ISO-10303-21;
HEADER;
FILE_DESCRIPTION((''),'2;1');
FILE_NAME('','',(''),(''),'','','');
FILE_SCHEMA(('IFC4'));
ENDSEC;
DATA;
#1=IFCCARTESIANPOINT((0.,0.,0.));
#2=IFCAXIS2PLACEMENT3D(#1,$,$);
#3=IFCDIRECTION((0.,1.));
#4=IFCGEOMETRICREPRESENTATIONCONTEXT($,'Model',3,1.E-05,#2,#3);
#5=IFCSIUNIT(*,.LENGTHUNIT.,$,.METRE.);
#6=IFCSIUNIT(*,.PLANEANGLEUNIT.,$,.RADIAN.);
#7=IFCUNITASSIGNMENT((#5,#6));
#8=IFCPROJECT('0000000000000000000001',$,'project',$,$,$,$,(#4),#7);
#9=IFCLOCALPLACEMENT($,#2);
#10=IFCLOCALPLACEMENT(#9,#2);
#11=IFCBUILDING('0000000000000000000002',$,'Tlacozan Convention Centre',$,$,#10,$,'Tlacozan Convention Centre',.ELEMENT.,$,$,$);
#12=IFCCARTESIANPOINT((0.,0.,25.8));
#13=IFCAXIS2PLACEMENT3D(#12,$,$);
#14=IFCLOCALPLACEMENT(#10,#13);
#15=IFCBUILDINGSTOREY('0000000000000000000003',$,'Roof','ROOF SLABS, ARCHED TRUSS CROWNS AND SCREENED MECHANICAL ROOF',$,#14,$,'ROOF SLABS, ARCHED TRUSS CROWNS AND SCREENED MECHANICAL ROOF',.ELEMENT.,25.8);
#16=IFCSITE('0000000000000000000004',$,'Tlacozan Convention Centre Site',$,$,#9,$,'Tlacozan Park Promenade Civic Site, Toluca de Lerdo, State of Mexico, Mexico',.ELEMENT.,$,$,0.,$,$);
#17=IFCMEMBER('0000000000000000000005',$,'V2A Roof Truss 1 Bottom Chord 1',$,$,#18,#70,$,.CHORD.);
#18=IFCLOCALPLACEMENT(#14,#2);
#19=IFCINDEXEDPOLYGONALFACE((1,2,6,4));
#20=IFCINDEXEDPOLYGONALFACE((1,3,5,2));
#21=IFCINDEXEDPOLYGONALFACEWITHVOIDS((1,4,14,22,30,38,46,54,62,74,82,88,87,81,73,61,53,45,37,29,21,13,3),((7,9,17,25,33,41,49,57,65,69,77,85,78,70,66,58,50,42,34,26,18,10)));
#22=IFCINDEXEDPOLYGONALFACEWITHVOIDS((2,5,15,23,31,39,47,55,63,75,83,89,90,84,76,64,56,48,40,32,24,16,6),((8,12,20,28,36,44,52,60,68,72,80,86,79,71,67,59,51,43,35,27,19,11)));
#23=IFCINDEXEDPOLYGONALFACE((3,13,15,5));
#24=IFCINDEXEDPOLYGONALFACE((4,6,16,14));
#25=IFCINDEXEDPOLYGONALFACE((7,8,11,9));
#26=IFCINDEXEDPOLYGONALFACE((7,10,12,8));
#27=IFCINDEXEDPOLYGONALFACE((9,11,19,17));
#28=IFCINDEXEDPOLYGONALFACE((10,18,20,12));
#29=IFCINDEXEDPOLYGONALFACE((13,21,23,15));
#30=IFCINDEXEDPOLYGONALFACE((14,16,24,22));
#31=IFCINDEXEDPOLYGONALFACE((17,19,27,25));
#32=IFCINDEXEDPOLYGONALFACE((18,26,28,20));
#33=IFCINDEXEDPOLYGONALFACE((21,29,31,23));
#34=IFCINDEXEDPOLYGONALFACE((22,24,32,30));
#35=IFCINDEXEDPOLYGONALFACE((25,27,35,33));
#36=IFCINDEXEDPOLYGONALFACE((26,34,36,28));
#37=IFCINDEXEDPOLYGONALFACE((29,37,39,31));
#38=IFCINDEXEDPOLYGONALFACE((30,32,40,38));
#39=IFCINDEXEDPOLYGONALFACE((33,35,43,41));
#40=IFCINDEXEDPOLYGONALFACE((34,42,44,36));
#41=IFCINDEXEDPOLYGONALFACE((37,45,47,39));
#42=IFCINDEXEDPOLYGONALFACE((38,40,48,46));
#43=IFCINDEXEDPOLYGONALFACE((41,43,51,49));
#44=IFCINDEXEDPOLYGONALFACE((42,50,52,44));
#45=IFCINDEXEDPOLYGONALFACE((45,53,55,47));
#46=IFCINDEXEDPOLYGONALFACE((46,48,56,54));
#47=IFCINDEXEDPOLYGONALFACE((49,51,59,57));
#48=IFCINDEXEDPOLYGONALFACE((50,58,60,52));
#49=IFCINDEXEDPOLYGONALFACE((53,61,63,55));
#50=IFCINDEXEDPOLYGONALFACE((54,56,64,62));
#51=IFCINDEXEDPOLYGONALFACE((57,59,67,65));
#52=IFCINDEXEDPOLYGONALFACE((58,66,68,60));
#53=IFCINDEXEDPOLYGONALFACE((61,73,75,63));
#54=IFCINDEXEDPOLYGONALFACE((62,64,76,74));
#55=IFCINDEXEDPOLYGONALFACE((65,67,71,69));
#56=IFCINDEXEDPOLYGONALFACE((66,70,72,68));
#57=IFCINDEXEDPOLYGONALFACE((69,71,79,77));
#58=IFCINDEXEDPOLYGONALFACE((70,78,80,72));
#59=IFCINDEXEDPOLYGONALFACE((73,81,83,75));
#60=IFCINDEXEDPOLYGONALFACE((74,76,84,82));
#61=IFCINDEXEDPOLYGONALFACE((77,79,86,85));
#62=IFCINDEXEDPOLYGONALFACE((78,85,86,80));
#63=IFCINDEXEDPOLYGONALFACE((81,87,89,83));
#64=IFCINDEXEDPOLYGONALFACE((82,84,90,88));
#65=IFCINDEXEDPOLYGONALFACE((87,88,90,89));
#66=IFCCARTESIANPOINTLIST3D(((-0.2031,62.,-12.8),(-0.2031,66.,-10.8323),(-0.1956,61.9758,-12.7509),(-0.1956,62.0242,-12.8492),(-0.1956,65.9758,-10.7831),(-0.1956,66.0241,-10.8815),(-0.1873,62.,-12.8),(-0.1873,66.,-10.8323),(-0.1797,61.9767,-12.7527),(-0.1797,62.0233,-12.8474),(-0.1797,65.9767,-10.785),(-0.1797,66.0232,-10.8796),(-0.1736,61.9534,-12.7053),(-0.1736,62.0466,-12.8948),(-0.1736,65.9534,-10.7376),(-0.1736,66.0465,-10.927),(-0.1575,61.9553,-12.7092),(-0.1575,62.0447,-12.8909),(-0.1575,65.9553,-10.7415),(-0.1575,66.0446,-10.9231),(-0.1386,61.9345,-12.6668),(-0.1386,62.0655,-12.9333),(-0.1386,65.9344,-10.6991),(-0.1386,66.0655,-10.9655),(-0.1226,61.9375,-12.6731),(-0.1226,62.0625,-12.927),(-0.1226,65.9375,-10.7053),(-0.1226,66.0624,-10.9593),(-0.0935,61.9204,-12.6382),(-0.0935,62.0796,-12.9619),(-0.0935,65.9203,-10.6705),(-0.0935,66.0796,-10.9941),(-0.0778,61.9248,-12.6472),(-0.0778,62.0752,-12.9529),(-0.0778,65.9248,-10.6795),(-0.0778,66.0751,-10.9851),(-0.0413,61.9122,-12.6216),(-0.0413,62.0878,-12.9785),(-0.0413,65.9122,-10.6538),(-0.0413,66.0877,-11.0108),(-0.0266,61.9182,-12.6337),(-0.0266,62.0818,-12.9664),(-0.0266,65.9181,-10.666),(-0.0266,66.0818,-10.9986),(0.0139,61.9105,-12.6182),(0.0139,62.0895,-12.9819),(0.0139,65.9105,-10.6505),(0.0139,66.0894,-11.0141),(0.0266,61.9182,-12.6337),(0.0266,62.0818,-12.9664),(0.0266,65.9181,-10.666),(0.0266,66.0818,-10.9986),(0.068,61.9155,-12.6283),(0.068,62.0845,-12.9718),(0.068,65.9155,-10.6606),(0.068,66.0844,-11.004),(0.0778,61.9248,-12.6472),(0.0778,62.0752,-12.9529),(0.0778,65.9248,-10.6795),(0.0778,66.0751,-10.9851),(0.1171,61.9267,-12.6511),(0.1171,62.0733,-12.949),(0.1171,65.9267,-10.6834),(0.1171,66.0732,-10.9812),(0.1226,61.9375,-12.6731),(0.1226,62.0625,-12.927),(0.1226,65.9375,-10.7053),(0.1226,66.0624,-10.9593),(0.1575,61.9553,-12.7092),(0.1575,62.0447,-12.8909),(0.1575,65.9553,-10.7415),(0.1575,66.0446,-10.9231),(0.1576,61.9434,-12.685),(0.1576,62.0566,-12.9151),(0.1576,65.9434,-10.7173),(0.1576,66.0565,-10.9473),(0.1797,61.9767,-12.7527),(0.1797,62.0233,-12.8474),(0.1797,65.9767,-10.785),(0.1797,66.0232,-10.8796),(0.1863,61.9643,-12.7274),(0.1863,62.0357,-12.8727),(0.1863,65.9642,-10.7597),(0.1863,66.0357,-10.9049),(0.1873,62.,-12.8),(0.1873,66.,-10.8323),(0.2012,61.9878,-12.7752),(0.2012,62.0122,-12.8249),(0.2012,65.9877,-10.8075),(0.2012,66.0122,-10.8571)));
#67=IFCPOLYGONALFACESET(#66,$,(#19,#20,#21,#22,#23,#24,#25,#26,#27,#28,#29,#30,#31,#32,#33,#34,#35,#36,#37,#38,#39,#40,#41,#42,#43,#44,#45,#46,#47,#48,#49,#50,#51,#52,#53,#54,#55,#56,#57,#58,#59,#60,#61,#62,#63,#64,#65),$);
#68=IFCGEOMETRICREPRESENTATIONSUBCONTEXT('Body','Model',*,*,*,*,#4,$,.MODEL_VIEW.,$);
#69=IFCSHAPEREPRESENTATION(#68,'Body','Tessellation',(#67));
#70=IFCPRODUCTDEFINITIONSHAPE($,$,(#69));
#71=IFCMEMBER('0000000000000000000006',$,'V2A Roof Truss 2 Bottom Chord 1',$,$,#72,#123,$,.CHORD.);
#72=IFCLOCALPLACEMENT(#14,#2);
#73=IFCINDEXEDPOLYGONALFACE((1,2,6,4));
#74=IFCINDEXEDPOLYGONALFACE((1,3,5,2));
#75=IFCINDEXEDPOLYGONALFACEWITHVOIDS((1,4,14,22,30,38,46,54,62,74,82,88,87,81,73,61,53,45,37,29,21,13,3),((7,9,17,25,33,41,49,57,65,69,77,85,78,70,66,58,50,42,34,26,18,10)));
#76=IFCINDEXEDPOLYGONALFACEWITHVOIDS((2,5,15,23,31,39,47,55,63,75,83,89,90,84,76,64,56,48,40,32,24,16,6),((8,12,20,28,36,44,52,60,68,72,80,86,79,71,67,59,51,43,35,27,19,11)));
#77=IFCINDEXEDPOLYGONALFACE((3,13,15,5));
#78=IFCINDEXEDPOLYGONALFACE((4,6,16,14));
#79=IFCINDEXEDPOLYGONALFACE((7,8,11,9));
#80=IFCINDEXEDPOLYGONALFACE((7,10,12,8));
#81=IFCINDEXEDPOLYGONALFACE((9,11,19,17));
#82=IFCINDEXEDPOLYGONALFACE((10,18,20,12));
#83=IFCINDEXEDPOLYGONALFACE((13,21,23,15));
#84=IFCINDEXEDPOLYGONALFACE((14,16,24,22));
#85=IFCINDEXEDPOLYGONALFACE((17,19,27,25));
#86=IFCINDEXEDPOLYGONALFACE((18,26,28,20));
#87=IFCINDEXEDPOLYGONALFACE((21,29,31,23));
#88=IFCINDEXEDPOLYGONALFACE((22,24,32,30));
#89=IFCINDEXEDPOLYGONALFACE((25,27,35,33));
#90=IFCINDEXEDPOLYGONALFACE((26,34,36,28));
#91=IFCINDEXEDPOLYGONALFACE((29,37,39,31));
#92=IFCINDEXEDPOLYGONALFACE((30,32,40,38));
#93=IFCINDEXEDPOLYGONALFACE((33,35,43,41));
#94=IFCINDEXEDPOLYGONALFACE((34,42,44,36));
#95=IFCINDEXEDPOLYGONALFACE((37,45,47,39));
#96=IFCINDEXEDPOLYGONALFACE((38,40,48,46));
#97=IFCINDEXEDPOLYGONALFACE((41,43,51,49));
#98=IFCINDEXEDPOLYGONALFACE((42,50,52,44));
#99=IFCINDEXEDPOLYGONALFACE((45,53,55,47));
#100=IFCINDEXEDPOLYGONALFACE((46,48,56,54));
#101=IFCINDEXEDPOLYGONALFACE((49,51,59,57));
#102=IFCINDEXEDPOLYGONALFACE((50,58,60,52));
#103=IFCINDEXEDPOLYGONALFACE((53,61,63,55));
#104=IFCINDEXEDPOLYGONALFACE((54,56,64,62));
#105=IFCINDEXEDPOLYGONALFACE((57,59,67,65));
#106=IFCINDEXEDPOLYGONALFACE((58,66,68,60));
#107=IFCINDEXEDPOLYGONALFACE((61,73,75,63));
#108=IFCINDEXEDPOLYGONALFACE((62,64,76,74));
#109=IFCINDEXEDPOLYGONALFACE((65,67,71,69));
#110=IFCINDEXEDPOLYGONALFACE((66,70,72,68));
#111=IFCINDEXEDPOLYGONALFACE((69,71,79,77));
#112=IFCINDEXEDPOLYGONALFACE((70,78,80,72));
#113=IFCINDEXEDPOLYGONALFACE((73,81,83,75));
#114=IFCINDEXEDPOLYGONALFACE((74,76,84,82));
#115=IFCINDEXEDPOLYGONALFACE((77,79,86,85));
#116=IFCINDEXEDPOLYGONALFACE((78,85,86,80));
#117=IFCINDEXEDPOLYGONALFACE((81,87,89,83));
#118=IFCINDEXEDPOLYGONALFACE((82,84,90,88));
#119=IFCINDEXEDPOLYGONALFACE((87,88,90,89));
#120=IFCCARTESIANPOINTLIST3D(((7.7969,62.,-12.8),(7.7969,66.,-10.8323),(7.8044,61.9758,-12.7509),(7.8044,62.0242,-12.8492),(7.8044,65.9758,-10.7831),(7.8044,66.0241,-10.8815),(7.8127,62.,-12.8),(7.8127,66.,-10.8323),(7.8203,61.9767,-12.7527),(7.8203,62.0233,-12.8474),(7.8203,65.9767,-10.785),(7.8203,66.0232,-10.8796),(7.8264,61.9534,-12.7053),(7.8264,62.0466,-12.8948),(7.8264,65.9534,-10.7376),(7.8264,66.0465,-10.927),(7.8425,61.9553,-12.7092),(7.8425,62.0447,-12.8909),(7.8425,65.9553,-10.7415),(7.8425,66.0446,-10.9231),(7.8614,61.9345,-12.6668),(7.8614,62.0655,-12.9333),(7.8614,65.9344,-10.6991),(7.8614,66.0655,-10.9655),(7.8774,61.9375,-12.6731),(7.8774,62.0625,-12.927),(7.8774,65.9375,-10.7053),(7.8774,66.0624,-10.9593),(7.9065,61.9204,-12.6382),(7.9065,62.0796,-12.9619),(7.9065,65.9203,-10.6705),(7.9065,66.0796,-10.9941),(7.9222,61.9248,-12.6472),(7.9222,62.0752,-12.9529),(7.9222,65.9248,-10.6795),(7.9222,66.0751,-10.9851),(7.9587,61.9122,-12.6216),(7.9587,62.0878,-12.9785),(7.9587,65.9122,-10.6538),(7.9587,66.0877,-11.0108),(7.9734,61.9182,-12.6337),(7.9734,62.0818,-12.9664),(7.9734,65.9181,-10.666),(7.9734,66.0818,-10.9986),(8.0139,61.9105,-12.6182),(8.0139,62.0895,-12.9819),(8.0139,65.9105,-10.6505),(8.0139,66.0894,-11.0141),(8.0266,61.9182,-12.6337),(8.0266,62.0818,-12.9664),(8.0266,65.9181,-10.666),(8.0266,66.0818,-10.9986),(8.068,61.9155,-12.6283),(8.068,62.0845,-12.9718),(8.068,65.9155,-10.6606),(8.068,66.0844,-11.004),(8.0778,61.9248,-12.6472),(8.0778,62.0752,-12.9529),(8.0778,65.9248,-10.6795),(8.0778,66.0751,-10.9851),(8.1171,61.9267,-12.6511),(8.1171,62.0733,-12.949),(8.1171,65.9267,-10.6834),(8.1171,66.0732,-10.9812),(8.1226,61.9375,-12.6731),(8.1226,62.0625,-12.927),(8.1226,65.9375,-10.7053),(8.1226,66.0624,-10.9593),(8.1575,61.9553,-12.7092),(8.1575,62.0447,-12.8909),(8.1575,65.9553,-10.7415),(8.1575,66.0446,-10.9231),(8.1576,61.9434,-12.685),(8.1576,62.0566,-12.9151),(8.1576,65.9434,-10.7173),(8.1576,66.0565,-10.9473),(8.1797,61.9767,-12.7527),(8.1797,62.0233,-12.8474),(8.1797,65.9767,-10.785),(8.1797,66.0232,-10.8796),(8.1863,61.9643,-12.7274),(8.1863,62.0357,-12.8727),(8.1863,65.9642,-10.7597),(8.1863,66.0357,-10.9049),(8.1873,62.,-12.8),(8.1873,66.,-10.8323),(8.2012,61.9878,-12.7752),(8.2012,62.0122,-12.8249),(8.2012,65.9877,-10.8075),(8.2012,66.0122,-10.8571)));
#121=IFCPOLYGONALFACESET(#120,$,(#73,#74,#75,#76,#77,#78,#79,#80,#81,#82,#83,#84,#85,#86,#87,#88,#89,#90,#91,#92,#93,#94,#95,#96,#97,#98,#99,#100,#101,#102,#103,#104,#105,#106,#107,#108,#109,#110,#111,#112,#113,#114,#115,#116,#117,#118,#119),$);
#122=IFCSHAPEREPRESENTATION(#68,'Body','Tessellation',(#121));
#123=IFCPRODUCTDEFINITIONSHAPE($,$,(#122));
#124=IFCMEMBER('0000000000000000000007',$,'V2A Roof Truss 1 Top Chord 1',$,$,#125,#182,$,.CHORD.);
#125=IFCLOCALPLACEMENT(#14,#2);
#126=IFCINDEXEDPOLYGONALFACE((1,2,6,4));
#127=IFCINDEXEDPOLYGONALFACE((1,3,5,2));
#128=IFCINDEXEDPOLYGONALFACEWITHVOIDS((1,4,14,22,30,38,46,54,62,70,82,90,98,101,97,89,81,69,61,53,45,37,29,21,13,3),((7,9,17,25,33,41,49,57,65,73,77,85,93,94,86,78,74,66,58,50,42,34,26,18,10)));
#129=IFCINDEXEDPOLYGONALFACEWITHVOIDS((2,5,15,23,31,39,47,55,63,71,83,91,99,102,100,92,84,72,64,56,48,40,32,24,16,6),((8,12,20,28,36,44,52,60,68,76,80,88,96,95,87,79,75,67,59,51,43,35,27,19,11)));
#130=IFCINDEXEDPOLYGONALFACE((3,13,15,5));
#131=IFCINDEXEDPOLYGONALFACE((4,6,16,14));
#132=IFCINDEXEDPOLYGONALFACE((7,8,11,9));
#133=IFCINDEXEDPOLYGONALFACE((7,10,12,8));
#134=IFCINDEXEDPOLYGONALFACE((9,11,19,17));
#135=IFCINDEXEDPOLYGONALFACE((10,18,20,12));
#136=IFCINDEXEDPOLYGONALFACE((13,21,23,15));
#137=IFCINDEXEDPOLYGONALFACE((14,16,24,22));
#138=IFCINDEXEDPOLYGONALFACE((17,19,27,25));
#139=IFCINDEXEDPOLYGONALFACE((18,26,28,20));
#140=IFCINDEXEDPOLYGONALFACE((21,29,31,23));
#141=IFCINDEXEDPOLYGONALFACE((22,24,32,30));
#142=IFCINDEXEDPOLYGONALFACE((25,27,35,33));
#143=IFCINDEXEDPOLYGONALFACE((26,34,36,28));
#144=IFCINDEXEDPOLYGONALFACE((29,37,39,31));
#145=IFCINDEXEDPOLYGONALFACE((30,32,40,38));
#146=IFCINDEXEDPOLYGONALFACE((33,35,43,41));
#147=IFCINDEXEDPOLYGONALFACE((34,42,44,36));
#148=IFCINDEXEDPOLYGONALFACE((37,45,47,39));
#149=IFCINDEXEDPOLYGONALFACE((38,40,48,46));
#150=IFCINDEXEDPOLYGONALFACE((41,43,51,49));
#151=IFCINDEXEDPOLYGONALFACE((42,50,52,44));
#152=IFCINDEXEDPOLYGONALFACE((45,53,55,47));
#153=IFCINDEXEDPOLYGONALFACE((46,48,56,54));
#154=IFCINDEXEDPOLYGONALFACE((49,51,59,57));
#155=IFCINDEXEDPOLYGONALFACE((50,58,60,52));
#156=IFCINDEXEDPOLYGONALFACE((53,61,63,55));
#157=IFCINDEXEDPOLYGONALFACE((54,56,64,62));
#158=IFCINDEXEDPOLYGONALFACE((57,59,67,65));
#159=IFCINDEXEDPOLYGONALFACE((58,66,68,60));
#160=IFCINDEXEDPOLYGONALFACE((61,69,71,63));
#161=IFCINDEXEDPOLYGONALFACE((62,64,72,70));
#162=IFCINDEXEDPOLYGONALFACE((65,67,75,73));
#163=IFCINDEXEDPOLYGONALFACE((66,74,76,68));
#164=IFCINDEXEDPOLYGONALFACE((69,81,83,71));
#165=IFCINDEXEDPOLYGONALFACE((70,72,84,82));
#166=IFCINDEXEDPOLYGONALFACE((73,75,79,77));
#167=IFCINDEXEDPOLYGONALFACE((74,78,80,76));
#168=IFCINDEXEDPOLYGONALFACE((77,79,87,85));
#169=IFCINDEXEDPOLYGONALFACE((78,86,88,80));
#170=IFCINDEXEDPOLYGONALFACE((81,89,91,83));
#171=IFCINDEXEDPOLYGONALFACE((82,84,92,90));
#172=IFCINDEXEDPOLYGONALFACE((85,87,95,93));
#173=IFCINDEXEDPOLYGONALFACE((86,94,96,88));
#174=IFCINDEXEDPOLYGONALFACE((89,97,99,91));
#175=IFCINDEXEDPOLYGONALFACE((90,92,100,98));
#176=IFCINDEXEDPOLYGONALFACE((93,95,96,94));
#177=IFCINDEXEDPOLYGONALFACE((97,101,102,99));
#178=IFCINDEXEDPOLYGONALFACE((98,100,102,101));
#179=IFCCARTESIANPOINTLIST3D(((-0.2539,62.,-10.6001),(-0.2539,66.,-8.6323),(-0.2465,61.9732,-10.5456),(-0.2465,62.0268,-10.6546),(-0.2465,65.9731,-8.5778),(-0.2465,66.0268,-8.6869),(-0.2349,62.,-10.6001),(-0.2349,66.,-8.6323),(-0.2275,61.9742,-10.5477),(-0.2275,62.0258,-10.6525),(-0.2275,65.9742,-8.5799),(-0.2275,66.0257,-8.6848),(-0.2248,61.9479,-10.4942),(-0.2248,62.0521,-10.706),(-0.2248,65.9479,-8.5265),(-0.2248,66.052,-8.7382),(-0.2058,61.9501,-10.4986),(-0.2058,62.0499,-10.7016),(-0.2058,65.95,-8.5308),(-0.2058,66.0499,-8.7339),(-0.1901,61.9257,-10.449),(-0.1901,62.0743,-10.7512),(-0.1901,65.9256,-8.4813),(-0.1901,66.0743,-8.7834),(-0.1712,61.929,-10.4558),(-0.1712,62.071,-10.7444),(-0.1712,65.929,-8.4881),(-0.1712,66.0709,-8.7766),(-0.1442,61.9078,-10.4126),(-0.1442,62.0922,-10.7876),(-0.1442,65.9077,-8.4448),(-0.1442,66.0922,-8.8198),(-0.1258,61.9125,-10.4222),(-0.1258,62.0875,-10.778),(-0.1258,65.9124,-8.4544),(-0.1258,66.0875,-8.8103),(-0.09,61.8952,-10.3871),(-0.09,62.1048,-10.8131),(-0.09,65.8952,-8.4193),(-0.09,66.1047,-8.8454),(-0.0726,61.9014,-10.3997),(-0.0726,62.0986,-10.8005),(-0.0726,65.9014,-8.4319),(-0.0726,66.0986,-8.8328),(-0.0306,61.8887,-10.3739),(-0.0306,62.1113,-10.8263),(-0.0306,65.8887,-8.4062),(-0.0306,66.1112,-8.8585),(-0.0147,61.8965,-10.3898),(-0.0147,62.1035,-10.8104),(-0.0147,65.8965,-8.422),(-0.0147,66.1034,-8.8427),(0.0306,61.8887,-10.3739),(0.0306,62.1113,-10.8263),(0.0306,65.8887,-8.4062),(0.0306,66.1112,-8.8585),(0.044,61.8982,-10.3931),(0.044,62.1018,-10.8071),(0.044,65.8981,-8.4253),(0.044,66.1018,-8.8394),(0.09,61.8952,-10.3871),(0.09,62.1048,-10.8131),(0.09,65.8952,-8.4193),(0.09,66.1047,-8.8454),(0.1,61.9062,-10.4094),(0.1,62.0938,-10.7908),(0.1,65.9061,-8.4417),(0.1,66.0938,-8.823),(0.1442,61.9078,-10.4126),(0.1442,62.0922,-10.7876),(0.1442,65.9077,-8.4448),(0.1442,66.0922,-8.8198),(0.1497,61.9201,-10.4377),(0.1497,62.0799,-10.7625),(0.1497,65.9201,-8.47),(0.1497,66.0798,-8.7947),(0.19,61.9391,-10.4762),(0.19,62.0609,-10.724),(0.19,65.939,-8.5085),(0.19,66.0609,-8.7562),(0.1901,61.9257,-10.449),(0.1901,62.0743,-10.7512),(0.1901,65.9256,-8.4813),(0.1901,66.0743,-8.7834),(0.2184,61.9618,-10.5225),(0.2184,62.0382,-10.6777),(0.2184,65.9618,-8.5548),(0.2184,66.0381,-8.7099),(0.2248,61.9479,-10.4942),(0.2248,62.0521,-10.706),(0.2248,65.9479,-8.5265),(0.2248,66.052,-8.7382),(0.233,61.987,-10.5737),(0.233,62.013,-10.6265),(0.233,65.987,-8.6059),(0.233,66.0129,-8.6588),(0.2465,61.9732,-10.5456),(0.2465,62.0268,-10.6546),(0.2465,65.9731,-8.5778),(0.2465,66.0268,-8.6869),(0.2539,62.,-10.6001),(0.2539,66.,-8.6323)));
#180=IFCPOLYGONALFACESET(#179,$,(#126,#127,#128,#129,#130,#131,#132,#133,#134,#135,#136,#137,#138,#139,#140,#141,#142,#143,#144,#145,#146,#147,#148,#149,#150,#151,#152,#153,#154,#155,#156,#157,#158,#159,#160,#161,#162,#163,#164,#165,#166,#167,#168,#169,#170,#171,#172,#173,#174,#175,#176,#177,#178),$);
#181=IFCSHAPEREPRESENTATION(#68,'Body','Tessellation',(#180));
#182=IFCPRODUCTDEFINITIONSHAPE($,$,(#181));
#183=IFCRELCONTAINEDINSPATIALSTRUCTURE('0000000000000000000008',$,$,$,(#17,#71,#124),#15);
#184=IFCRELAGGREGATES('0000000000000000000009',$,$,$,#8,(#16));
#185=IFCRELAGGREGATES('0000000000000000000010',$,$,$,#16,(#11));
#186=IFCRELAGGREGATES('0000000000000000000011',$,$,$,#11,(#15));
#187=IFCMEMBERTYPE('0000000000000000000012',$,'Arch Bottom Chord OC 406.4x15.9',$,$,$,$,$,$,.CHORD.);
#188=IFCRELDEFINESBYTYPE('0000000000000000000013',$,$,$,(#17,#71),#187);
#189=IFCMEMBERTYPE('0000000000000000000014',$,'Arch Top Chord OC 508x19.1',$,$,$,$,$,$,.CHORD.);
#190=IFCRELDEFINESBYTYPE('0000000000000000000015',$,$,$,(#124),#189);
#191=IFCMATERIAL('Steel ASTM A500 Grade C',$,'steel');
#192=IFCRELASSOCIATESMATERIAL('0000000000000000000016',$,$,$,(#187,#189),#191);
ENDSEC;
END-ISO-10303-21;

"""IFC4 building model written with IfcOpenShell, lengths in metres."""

from ifc_helpers import new_model, si_unit, direction, frame, origin, origin_2d, place, context, subcontext, project, spatial, hollow_circle, extrude, material, material_profile, profile_set, type_object, element, save


model = new_model("IFC4")

# Units and contexts
model_context = context("Model", 3, precision=1e-05, world=origin(), true_north=direction((0.0, 1.0)))
body_context = subcontext(model_context, "Body", "Model", "MODEL_VIEW")
ifc_project = project(units=[si_unit("LENGTHUNIT", "METRE"), si_unit("PLANEANGLEUNIT", "RADIAN")], contexts=[model_context])

# Site, building, storey
site_placement = place(None, origin())
site = spatial("IfcSite", under=ifc_project, at=site_placement, Name="Tlacozan Convention Centre Site", LongName="Tlacozan Park Promenade Civic Site, Toluca de Lerdo, State of Mexico, Mexico", CompositionType="ELEMENT", RefElevation=0.0)
building_placement = place(site_placement, origin())
building = spatial("IfcBuilding", under=site, at=building_placement, Name="Tlacozan Convention Centre", LongName="Tlacozan Convention Centre", CompositionType="ELEMENT")
storey_placement = place(building_placement, frame((0.0, 0.0, 25.8)))
storey = spatial("IfcBuildingStorey", under=building, at=storey_placement, Name="Roof", Description="ROOF SLABS, ARCHED TRUSS CROWNS AND SCREENED MECHANICAL ROOF", LongName="ROOF SLABS, ARCHED TRUSS CROWNS AND SCREENED MECHANICAL ROOF", CompositionType="ELEMENT", Elevation=25.8)

# Members
ifc_material_1 = material(Name="Steel ASTM A500 Grade C", Category="steel")
ifc_material_profile_1 = material_profile(ifc_material_1, hollow_circle(Radius=0.2031, WallThickness=0.0159, at=origin_2d()), Name="OC 406.4x15.9")
ifc_profile_set_1 = profile_set([ifc_material_profile_1], Name="Steel ASTM A500 Grade C")
member_type_1 = type_object("IfcMemberType", Name="Arch Bottom Chord OC 406.4x15.9", PredefinedType="CHORD", material=ifc_profile_set_1)
for number, where, z_axis, x_axis, name in (
    (1, (0.0, 62.0, -12.8), (0.0, 0.8973, 0.441421), (-1.0, 0.0, 0.0), "V2A Roof Truss 1 Bottom Chord 1"),
    (2, (8.0, 62.0, -12.8), (0.0, 0.8973, 0.441421), (-1.0, 0.0, 0.0), "V2A Roof Truss 2 Bottom Chord 1"),
):
    element("IfcMember", number, at=place(storey_placement, frame(where, z_axis=z_axis, x_axis=x_axis)), inside=storey, type_object=member_type_1, Name=name, PredefinedType="CHORD", context=body_context, shape_type="SweptSolid", body=[
        extrude(hollow_circle(Radius=0.2031, WallThickness=0.0159, at=origin_2d()), origin(), (0.0, 0.0, 1.0), 4.4578),
    ])
ifc_material_profile_2 = material_profile(ifc_material_1, hollow_circle(Radius=0.2539, WallThickness=0.019, at=origin_2d()), Name="OC 508.0x19.1")
ifc_profile_set_2 = profile_set([ifc_material_profile_2], Name="Steel ASTM A500 Grade C")
member_type_2 = type_object("IfcMemberType", Name="Arch Top Chord OC 508x19.1", PredefinedType="CHORD", material=ifc_profile_set_2)
member_1_placement = place(storey_placement, frame((0.0, 62.0, -10.6001), z_axis=(0.0, 0.8973, 0.441421), x_axis=(-1.0, 0.0, 0.0)))
element("IfcMember", 3, at=member_1_placement, inside=storey, type_object=member_type_2, Name="V2A Roof Truss 1 Top Chord 1", PredefinedType="CHORD", context=body_context, shape_type="SweptSolid", body=[
    extrude(hollow_circle(Radius=0.2539, WallThickness=0.019, at=origin_2d()), origin(), (0.0, 0.0, 1.0), 4.4578),
])

save(model, "model.ifc")
